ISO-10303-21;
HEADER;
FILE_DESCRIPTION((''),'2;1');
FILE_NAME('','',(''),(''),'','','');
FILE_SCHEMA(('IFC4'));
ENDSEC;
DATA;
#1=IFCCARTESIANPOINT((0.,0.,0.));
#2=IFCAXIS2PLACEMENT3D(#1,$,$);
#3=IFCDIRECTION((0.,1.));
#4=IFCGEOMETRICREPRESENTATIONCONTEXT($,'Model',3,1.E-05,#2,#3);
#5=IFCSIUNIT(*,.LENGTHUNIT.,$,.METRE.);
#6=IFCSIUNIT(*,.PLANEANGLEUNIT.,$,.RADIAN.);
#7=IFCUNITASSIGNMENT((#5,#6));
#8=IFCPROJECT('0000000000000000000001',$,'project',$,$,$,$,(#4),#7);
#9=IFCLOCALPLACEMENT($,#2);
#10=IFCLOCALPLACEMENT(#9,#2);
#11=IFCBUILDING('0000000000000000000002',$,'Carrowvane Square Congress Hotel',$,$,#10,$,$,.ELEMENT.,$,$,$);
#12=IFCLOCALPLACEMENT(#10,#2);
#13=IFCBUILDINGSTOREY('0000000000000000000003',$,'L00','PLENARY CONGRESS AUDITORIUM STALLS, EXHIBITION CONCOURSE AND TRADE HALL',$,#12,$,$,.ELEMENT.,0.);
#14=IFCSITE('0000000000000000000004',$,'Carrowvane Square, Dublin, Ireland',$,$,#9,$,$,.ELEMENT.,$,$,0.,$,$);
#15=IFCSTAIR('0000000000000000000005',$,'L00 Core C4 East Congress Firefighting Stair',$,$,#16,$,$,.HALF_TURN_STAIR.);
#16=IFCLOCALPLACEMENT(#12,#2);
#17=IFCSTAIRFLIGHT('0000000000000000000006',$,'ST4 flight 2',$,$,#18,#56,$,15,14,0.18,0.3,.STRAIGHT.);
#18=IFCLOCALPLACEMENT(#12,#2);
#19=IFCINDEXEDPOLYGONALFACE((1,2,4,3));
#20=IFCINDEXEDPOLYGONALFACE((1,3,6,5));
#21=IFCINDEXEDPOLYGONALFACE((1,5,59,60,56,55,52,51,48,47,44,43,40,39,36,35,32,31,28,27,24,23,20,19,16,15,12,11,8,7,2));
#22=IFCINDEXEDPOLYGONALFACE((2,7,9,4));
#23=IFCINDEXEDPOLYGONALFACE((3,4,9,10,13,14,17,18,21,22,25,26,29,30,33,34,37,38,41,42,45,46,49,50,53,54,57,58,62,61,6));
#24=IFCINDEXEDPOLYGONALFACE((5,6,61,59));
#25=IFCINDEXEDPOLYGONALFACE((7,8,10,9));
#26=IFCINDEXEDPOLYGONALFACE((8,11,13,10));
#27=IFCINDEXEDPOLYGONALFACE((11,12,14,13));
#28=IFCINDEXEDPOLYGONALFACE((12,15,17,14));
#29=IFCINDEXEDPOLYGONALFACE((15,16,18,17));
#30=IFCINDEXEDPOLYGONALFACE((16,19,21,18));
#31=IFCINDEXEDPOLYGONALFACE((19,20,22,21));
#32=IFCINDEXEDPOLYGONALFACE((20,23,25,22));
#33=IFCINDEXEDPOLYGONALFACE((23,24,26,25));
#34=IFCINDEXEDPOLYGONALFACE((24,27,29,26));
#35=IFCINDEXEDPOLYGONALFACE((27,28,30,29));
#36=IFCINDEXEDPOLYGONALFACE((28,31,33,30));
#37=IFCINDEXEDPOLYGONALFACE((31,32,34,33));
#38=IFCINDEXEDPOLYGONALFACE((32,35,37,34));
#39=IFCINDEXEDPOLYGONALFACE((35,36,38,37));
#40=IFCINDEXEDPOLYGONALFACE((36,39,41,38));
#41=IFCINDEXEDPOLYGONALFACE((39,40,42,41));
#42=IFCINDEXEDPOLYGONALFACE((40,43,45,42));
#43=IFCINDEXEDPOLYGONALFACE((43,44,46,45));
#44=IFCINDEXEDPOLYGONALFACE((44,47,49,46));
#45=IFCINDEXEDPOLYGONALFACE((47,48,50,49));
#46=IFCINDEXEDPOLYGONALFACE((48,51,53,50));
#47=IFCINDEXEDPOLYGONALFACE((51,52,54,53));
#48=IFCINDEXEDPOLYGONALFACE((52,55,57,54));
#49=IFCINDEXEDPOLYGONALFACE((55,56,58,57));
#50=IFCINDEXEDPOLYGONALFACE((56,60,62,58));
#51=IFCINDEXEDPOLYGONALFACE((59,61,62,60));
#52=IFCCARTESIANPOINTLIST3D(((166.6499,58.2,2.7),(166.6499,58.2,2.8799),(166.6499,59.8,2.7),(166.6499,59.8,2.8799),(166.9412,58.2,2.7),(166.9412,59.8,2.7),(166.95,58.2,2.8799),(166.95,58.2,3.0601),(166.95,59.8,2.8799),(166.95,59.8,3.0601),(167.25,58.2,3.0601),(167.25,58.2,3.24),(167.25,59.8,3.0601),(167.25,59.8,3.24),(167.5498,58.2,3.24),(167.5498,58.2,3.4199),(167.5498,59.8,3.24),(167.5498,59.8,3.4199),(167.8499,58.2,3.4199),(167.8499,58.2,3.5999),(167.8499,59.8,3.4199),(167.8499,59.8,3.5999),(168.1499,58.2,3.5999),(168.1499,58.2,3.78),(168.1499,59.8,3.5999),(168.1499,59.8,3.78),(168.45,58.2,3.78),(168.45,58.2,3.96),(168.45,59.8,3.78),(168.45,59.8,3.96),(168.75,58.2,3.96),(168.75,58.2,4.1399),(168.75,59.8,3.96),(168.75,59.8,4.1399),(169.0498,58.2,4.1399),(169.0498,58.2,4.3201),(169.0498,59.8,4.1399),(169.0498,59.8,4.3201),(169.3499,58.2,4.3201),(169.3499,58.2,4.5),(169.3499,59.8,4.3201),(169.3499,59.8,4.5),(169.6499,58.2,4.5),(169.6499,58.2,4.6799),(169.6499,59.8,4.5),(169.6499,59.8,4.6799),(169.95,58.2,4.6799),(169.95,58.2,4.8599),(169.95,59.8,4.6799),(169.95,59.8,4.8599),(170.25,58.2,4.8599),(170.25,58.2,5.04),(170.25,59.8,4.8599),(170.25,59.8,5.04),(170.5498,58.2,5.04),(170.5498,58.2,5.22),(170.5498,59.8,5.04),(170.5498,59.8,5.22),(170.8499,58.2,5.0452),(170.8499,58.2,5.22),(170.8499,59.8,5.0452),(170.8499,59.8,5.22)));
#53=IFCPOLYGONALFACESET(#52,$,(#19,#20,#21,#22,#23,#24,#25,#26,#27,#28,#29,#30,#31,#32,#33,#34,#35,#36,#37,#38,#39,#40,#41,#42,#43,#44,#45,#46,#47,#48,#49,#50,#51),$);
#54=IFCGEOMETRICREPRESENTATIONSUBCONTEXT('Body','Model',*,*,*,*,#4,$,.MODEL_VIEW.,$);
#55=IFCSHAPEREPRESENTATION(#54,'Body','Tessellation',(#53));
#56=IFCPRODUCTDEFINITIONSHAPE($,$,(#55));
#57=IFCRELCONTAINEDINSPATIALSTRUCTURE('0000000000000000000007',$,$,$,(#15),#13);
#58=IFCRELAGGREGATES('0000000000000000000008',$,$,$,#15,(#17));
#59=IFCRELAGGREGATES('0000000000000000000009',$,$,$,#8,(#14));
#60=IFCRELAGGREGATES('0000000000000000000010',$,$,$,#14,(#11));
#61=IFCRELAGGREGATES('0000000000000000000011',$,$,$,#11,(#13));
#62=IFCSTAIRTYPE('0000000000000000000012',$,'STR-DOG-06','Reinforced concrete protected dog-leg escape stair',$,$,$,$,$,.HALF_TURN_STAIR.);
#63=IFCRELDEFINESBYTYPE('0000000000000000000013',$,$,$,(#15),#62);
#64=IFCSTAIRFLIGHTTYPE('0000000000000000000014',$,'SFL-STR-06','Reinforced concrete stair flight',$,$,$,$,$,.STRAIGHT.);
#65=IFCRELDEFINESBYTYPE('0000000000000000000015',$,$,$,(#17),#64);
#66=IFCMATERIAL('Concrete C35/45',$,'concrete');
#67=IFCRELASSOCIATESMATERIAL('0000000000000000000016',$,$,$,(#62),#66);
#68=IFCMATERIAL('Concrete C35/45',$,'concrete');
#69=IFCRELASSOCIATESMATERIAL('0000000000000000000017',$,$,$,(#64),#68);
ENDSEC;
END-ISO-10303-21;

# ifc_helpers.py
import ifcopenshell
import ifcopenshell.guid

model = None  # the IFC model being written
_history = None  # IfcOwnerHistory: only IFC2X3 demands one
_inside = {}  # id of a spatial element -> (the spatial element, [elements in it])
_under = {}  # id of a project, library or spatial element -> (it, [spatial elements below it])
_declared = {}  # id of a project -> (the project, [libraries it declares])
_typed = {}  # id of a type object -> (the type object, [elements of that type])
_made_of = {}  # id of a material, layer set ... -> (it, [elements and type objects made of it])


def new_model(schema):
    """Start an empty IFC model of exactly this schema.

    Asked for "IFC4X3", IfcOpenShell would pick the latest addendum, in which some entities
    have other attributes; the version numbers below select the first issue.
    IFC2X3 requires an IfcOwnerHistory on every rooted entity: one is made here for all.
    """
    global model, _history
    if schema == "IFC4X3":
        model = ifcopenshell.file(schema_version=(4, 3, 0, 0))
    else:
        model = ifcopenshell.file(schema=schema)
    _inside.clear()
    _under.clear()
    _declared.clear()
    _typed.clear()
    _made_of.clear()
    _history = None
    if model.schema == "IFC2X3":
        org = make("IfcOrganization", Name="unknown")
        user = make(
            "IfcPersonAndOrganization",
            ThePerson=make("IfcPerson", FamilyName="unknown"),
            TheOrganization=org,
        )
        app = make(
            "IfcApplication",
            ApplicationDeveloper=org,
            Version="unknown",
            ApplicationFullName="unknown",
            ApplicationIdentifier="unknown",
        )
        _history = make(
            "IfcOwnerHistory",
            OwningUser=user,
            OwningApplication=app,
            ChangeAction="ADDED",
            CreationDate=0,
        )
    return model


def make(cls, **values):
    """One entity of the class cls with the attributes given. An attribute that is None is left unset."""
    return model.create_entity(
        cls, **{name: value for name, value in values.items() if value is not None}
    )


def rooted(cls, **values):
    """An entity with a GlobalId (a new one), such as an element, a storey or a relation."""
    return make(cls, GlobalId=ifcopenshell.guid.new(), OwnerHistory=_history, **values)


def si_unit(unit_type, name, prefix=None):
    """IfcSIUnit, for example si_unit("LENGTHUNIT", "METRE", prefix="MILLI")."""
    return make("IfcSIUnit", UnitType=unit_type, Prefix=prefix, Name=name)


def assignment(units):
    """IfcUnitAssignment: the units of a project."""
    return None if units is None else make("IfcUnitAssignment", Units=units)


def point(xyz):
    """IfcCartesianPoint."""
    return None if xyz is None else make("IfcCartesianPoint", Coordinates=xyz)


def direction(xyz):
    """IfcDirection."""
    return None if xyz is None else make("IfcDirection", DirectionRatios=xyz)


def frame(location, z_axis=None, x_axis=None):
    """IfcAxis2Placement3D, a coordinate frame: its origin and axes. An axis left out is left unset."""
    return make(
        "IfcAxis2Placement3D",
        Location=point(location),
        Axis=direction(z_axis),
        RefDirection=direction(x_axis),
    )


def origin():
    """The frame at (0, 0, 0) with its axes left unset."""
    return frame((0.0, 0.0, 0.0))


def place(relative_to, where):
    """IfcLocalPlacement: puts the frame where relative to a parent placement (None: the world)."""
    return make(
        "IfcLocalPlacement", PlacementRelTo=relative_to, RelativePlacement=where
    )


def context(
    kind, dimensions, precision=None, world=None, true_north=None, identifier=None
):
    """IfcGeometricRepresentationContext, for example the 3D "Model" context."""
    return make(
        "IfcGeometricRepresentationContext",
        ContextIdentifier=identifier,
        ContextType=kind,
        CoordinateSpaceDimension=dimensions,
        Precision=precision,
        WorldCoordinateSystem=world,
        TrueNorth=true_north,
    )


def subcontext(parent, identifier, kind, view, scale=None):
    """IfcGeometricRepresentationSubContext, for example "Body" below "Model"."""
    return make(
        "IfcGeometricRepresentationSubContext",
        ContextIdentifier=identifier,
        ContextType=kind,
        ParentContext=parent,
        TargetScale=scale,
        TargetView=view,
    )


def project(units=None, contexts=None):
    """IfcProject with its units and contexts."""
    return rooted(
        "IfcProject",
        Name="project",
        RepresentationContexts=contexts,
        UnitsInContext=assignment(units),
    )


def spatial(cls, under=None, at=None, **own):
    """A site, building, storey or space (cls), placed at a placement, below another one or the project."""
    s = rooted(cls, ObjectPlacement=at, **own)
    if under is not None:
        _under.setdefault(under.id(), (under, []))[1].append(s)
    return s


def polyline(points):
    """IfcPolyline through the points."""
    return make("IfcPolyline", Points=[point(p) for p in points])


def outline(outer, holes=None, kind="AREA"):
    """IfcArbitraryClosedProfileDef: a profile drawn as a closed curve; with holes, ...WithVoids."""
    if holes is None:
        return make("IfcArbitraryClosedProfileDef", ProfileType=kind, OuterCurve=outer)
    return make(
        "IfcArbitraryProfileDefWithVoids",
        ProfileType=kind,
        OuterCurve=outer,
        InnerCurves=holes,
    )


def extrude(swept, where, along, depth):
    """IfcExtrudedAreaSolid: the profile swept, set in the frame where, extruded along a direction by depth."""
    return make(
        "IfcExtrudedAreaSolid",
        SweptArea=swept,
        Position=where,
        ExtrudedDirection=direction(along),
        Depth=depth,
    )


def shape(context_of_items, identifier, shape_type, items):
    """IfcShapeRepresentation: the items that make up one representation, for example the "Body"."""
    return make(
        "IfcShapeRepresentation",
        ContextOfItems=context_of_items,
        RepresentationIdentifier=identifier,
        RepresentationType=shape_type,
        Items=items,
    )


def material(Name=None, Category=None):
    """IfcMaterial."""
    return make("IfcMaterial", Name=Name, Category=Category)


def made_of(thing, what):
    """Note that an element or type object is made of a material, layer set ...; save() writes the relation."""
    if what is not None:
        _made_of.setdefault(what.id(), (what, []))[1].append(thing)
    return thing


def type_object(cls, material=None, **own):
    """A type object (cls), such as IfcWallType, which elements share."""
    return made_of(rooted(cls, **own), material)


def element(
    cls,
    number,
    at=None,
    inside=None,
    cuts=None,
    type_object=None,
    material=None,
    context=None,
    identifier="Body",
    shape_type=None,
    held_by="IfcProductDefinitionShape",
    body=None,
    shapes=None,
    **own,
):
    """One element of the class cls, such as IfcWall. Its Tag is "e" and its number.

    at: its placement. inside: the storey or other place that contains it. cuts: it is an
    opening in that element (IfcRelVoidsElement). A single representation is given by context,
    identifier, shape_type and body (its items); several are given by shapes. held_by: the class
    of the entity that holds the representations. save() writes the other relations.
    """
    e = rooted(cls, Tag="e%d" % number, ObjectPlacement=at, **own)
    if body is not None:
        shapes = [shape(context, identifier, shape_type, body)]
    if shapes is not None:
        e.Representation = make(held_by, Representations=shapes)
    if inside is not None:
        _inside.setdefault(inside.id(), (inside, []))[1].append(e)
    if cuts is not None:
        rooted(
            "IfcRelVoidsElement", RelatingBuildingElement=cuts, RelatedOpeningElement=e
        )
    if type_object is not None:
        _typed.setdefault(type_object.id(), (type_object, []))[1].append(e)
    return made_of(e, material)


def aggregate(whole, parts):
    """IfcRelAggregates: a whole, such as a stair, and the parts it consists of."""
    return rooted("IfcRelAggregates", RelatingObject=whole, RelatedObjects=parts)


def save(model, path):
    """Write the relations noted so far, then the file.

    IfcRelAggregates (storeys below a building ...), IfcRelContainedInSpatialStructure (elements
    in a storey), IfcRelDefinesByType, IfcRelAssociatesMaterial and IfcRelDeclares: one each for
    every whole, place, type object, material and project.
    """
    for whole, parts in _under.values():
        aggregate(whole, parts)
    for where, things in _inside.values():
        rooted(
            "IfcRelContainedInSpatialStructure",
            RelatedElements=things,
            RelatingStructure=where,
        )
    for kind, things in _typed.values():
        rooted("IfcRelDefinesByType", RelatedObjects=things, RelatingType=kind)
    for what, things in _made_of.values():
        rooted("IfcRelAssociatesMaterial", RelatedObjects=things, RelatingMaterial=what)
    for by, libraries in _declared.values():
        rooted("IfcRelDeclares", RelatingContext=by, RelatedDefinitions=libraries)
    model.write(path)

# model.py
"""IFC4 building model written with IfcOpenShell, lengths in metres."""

from ifc_helpers import new_model, si_unit, direction, frame, origin, place, context, subcontext, project, spatial, polyline, outline, extrude, material, type_object, element, aggregate, save


model = new_model("IFC4")

# Units and contexts
model_context = context("Model", 3, precision=1e-05, world=origin(), true_north=direction((0.0, 1.0)))
body_context = subcontext(model_context, "Body", "Model", "MODEL_VIEW")
ifc_project = project(units=[si_unit("LENGTHUNIT", "METRE"), si_unit("PLANEANGLEUNIT", "RADIAN")], contexts=[model_context])

# Site, building, storey
site_placement = place(None, origin())
site = spatial("IfcSite", under=ifc_project, at=site_placement, Name="Carrowvane Square, Dublin, Ireland", CompositionType="ELEMENT", RefElevation=0.0)
building_placement = place(site_placement, origin())
building = spatial("IfcBuilding", under=site, at=building_placement, Name="Carrowvane Square Congress Hotel", CompositionType="ELEMENT")
storey_placement = place(building_placement, origin())
storey = spatial("IfcBuildingStorey", under=building, at=storey_placement, Name="L00", Description="PLENARY CONGRESS AUDITORIUM STALLS, EXHIBITION CONCOURSE AND TRADE HALL", CompositionType="ELEMENT", Elevation=0.0)

# Stair, stair flight
ifc_material_1 = material(Name="Concrete C35/45", Category="concrete")
stair_type = type_object("IfcStairType", Name="STR-DOG-06", Description="Reinforced concrete protected dog-leg escape stair", PredefinedType="HALF_TURN_STAIR", material=ifc_material_1)
stair_placement = place(storey_placement, origin())
stair = element("IfcStair", 1, at=stair_placement, inside=storey, type_object=stair_type, Name="L00 Core C4 East Congress Firefighting Stair", PredefinedType="HALF_TURN_STAIR")
ifc_material_2 = material(Name="Concrete C35/45", Category="concrete")
stair_flight_type = type_object("IfcStairFlightType", Name="SFL-STR-06", Description="Reinforced concrete stair flight", PredefinedType="STRAIGHT", material=ifc_material_2)
stair_flight_placement = place(storey_placement, frame((166.6499, 59.0, 2.7), z_axis=(0.0, 0.0, 1.0), x_axis=(1.0, 0.0, 0.0)))
stair_flight = element("IfcStairFlight", 2, at=stair_flight_placement, type_object=stair_flight_type, Name="ST4 flight 2", NumberOfRisers=15, NumberOfTreads=14, PredefinedType="STRAIGHT", RiserHeight=0.18, TreadLength=0.3, context=body_context, shape_type="SweptSolid", body=[
    extrude(outline(polyline([(0.0, 0.0), (0.0, 0.1799), (0.3, 0.1799), (0.3, 0.3601), (0.6001, 0.3601), (0.6001, 0.54), (0.8999, 0.54), (0.8999, 0.72), (1.2, 0.72), (1.2, 0.8999), (1.5, 0.8999), (1.5, 1.0801), (1.8, 1.0801), (1.8, 1.26), (2.1001, 1.26), (2.1001, 1.4399), (2.3999, 1.4399), (2.3999, 1.6201), (2.7, 1.6201), (2.7, 1.8), (3.0, 1.8), (3.0, 1.98), (3.3, 1.98), (3.3, 2.1599), (3.6001, 2.1599), (3.6001, 2.3401), (3.8999, 2.3401), (3.8999, 2.52), (4.2, 2.52), (4.2, 2.7), (4.2, 2.3452), (0.2913, 0.0), (0.0, 0.0)])), frame((0.0, 0.8, 0.0), z_axis=(0.0, -1.0, 0.0), x_axis=(1.0, 0.0, 0.0)), (0.0, 0.0, 1.0), 1.6001),
])
aggregate(stair, [stair_flight])

save(model, "model.ifc")
